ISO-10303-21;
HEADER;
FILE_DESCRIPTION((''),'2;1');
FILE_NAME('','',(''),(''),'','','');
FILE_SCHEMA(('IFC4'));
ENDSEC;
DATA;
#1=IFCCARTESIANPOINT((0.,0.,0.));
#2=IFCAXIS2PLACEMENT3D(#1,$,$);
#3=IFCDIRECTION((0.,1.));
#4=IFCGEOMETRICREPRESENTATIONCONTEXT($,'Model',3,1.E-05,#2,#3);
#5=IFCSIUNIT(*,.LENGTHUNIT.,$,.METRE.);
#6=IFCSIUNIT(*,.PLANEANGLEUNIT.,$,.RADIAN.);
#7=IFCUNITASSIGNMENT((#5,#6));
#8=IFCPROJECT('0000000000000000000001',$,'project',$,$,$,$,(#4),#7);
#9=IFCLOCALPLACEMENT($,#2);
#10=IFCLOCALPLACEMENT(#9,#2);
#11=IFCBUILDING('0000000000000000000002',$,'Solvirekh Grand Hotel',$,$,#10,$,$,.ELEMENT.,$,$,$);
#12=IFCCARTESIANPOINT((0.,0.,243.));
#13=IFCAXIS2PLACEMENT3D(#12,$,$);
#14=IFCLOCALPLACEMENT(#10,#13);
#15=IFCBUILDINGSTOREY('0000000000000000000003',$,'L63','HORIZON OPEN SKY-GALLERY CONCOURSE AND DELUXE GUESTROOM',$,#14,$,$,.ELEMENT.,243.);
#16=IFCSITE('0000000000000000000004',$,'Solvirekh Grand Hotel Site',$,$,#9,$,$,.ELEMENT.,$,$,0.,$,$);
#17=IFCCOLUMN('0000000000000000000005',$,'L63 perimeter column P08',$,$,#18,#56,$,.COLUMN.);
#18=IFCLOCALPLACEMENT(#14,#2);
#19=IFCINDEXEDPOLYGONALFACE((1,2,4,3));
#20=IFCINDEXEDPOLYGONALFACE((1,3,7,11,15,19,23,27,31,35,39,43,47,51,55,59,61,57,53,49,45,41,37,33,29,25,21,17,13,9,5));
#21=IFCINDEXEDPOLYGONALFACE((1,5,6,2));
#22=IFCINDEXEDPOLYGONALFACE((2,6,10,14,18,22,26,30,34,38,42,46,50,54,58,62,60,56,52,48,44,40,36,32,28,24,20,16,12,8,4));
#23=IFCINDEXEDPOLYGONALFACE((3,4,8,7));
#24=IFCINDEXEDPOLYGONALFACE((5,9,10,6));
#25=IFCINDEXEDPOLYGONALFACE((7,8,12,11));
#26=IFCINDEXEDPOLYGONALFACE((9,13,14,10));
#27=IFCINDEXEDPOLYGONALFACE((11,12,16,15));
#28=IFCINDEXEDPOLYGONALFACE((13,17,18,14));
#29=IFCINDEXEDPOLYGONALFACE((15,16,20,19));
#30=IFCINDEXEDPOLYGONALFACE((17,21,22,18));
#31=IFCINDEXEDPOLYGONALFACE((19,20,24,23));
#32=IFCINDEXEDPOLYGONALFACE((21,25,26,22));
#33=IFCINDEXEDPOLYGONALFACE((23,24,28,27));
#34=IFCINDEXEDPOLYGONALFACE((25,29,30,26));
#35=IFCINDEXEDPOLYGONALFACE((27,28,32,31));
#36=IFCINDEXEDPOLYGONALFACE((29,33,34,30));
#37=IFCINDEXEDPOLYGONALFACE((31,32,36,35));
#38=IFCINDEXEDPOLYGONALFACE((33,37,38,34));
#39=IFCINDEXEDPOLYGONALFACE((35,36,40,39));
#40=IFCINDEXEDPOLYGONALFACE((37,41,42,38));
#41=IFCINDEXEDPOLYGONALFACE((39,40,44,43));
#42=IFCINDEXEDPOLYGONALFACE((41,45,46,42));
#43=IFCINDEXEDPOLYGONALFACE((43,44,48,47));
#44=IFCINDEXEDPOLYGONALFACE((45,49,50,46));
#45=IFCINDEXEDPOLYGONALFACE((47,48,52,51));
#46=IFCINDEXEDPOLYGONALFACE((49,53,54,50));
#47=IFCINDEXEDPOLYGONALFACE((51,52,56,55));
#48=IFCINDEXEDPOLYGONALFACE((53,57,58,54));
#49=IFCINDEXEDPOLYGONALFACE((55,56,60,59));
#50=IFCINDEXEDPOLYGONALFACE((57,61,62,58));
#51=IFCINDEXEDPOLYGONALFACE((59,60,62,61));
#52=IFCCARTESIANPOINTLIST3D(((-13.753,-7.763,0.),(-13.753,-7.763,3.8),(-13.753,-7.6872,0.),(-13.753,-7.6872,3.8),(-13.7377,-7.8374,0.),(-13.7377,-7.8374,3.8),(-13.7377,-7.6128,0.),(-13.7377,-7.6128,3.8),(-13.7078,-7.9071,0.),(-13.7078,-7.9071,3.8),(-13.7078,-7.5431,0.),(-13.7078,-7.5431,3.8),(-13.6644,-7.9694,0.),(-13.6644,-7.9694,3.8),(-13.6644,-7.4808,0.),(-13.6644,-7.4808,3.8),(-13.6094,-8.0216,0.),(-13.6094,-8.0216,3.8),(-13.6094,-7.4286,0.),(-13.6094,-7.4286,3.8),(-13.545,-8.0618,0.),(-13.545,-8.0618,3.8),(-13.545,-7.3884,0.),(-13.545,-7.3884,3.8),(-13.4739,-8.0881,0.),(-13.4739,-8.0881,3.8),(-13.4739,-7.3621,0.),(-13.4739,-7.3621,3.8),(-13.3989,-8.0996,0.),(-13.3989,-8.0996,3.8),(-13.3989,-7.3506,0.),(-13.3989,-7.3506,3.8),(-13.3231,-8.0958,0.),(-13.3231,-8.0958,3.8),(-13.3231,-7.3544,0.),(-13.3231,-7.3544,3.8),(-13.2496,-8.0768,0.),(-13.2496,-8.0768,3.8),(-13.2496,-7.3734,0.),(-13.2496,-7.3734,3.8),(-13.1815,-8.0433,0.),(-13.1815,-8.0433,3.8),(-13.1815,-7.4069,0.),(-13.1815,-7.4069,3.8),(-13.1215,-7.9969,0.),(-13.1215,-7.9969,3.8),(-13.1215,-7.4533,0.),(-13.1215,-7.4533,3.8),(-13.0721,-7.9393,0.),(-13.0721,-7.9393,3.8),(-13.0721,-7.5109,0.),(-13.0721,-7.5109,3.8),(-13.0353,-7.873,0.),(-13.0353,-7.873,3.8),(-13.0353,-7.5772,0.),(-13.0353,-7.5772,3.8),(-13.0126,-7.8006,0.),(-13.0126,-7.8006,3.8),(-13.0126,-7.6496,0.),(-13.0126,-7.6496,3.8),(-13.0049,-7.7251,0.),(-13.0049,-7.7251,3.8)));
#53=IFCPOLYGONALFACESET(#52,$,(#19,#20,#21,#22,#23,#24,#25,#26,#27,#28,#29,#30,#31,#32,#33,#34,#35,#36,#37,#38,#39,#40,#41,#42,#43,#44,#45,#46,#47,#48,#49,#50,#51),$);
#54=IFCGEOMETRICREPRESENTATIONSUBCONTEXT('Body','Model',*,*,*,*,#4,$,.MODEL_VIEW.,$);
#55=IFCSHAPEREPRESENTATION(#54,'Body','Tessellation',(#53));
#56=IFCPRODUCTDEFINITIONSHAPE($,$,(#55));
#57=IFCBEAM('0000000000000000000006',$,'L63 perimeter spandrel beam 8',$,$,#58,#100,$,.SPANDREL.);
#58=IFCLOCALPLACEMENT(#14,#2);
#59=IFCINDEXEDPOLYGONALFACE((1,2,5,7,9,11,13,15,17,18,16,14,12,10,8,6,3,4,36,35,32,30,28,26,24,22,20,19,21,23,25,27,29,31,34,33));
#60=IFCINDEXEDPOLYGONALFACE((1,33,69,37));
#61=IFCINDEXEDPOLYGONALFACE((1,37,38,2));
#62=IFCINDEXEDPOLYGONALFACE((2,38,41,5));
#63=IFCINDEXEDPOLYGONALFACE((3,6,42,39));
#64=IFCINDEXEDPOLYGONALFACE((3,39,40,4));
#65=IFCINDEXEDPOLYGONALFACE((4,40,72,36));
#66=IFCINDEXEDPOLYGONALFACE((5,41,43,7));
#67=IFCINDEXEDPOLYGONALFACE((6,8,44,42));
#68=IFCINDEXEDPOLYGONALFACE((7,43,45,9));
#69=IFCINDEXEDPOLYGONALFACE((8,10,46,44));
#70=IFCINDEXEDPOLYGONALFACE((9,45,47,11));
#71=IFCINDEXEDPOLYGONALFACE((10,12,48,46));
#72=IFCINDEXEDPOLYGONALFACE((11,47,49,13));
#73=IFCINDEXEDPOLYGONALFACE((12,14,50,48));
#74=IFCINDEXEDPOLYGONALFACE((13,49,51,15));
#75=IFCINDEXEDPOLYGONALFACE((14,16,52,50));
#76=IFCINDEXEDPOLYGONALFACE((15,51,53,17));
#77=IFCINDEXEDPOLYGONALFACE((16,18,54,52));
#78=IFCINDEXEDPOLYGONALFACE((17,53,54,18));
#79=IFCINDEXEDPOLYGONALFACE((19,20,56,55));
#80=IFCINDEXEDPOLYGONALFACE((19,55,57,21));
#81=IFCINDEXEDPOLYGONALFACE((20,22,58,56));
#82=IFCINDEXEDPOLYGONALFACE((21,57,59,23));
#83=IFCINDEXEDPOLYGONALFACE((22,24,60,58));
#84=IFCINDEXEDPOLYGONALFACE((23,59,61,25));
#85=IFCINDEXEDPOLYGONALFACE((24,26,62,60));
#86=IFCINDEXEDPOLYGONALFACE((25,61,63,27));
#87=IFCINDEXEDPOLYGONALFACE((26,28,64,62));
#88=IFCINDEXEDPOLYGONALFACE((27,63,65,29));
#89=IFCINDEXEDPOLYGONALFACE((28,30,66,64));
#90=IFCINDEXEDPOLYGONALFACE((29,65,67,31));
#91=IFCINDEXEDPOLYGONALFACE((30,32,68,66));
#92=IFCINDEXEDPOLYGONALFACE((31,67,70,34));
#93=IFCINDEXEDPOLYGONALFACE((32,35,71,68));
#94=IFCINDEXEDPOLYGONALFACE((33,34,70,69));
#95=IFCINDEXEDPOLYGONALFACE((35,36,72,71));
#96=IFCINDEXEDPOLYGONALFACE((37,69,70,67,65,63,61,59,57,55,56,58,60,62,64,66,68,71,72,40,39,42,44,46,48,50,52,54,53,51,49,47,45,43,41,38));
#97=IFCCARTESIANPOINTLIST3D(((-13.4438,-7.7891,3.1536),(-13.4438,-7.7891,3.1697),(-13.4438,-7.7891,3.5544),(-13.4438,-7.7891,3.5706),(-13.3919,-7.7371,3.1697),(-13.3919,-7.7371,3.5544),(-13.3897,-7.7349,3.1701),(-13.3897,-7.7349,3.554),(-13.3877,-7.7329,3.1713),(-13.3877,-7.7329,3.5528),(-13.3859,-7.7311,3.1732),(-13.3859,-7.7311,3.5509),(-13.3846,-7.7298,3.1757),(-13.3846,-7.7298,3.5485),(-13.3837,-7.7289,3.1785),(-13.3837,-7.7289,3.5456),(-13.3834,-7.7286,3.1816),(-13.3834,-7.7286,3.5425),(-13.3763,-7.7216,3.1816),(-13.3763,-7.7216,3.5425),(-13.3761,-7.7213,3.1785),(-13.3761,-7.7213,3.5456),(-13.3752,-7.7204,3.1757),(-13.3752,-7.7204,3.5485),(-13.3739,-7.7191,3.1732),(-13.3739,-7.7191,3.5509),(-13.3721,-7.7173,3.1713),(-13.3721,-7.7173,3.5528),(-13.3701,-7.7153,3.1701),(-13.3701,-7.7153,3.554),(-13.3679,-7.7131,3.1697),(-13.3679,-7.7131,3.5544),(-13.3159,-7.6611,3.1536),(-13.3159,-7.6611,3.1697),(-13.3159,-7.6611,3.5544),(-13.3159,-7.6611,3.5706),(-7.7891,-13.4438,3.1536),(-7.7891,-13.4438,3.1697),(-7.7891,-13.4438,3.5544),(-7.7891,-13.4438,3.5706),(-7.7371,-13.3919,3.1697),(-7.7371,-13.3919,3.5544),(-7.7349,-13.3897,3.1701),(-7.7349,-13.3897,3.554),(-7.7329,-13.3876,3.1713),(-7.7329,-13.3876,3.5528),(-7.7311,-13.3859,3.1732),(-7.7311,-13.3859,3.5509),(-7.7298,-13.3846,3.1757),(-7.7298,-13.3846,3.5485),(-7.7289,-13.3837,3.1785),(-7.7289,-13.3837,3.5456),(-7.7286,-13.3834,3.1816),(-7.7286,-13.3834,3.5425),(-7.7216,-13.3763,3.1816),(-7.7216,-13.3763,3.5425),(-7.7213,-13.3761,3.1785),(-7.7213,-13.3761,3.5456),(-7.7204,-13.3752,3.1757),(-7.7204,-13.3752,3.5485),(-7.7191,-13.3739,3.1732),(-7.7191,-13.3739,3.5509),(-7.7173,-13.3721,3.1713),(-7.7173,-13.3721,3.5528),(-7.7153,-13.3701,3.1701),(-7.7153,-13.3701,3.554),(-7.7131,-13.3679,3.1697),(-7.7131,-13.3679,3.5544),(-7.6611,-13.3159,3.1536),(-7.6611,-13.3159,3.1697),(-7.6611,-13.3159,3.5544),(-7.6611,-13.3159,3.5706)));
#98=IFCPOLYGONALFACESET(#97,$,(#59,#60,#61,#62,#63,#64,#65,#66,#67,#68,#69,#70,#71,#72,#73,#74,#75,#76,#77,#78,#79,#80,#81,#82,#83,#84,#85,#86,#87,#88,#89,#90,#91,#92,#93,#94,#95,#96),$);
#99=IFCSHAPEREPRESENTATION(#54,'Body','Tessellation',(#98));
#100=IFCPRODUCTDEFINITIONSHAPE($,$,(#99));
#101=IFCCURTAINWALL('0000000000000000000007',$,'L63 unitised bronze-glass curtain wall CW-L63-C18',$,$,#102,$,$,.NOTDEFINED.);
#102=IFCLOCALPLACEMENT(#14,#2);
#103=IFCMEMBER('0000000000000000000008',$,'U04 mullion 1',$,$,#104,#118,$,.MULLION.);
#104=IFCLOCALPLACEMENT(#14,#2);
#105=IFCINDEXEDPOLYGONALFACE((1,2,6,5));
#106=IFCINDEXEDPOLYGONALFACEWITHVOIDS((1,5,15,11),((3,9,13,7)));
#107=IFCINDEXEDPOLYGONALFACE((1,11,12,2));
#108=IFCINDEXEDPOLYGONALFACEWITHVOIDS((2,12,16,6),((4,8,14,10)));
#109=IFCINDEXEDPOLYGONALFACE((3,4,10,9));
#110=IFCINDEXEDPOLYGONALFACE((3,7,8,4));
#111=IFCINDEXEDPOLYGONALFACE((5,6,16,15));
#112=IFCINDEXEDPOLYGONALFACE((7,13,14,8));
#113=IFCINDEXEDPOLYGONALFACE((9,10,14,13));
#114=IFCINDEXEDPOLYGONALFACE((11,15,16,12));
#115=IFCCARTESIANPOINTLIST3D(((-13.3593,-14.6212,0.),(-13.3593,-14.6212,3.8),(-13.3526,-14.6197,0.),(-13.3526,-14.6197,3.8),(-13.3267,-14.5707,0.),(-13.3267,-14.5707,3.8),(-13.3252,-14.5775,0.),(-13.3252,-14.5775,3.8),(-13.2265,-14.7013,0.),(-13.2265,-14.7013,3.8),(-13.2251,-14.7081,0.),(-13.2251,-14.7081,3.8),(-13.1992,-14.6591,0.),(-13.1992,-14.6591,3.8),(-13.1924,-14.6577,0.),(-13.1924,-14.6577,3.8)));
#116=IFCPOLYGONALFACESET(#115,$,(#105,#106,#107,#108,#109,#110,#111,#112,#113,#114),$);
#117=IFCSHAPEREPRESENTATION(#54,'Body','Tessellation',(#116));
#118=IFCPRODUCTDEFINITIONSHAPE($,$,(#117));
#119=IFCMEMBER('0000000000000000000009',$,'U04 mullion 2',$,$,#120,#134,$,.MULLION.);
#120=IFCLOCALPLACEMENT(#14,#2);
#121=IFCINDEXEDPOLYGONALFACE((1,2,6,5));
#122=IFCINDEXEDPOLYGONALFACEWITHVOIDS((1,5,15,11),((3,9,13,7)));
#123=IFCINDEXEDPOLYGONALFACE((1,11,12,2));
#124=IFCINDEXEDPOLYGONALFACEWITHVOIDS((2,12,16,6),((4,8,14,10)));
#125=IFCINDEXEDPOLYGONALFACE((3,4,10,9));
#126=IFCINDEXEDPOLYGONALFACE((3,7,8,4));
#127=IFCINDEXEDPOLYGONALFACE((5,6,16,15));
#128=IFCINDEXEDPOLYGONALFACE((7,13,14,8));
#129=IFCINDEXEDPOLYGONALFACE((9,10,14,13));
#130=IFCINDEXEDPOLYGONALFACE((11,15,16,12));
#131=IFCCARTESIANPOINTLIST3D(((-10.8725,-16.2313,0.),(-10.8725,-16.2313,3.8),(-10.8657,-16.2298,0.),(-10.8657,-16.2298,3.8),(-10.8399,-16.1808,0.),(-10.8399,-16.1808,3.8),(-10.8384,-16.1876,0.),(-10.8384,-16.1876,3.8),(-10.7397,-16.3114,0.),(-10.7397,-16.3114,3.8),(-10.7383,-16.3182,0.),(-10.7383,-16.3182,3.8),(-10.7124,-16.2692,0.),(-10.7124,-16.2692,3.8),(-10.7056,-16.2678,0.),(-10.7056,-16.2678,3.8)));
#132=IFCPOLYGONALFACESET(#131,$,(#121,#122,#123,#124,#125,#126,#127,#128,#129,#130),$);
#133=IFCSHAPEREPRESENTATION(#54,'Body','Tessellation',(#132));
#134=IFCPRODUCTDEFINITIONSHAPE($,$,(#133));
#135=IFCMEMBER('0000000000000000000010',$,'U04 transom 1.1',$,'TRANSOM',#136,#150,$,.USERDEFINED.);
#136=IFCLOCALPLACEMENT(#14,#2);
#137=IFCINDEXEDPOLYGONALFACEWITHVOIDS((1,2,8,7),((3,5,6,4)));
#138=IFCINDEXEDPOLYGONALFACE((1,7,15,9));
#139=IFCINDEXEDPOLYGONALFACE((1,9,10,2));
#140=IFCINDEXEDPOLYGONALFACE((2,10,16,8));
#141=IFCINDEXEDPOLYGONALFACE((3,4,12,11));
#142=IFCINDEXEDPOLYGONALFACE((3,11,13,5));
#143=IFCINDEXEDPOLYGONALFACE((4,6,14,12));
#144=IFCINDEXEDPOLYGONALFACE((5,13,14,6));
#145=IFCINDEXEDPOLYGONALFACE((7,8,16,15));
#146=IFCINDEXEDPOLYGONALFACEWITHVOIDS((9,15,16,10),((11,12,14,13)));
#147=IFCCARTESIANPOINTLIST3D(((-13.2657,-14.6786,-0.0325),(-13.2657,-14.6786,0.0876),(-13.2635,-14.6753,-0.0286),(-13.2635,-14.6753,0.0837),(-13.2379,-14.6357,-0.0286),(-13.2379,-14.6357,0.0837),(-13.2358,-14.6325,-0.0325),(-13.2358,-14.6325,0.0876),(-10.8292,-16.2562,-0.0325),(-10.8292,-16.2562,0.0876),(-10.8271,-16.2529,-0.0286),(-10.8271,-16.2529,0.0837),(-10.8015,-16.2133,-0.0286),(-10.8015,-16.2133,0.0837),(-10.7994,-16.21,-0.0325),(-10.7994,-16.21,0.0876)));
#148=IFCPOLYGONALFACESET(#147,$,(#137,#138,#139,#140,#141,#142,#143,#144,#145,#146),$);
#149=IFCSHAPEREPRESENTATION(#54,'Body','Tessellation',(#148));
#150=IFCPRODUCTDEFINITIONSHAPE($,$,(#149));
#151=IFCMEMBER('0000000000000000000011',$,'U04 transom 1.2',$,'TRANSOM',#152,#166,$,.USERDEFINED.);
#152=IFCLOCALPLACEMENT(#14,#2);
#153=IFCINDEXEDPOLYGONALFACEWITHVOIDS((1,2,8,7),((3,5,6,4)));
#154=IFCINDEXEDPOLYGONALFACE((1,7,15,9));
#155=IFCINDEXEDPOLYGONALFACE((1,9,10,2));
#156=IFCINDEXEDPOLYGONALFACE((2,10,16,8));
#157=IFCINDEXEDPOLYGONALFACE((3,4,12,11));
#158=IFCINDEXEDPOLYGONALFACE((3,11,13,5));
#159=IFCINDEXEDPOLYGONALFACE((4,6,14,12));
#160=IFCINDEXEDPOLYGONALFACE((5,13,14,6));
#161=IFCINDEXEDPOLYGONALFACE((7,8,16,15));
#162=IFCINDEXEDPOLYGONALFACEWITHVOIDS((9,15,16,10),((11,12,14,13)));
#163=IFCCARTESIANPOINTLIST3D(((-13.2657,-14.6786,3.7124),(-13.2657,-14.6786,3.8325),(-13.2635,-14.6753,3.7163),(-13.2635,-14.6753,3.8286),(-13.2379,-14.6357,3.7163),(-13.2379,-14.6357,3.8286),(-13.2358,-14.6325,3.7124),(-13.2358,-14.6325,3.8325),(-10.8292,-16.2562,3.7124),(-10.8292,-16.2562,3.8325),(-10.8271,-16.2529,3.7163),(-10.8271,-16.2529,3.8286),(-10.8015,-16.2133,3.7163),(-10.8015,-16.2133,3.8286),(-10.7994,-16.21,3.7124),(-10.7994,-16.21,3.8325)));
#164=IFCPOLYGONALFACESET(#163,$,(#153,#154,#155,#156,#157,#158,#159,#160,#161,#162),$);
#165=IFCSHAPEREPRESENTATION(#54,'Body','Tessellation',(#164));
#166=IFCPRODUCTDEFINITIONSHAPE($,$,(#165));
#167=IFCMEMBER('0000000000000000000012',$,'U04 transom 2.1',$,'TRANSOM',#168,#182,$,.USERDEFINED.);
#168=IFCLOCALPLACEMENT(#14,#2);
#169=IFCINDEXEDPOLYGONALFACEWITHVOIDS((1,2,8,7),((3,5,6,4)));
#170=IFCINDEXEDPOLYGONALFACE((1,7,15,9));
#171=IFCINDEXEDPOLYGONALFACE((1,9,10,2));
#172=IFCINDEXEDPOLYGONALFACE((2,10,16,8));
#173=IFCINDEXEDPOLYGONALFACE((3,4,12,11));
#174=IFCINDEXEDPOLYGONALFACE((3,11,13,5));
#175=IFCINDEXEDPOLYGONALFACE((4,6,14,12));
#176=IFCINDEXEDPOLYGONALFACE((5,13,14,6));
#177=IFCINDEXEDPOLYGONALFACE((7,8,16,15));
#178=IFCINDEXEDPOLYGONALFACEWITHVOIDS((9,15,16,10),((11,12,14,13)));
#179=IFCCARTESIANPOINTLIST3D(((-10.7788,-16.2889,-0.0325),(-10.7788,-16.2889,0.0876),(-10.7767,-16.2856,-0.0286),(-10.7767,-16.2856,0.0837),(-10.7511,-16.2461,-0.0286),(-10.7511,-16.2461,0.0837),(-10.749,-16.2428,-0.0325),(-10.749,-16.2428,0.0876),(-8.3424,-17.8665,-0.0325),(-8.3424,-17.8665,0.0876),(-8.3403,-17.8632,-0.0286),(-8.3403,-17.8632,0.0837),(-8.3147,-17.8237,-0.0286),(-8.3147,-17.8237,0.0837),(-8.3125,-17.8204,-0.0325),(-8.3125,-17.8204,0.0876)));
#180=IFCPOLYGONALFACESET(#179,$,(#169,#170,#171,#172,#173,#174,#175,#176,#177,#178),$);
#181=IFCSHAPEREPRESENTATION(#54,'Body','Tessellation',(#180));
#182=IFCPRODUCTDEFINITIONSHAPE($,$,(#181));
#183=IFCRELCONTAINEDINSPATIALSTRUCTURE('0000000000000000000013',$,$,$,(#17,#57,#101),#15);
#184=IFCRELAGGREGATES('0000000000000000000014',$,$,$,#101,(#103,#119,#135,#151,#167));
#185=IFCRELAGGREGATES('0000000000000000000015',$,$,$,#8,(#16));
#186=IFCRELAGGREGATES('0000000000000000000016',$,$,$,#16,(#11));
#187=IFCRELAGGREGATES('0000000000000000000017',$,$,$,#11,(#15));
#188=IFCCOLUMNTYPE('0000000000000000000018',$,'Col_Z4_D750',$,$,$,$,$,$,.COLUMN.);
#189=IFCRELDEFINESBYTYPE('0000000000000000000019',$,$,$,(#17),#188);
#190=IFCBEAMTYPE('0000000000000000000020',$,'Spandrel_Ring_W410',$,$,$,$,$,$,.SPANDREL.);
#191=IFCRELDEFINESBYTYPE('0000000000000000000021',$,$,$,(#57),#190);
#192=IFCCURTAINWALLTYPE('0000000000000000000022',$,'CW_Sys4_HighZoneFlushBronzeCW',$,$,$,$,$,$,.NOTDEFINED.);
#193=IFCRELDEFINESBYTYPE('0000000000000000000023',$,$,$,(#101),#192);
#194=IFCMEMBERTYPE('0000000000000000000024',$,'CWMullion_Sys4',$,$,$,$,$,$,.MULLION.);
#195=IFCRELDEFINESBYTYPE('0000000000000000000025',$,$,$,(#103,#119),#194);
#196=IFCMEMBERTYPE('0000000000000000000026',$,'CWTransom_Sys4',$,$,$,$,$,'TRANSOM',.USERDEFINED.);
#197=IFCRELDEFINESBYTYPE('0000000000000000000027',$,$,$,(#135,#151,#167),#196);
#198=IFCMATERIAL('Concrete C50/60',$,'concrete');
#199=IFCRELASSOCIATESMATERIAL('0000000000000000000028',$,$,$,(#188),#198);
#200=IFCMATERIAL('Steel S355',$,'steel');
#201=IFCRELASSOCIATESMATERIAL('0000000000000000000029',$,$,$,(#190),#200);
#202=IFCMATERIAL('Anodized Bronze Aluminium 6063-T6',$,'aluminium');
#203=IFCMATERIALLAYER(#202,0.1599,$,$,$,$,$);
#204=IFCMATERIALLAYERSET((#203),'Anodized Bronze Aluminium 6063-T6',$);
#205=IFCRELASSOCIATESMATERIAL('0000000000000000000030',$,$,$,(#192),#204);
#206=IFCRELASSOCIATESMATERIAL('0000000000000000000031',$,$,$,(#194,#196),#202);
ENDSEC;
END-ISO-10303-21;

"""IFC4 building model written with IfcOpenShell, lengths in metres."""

from ifc_helpers import new_model, si_unit, direction, frame, origin, origin_2d, place, context, subcontext, project, spatial, hollow_rectangle, circle, i_section, extrude, source, transform, mapped, material, layer, layer_set, material_profile, profile_set, type_object, element, aggregate, save


model = new_model("IFC4")

# Units and contexts
model_context = context("Model", 3, precision=1e-05, world=origin(), true_north=direction((0.0, 1.0)))
body_context = subcontext(model_context, "Body", "Model", "MODEL_VIEW")
ifc_project = project(units=[si_unit("LENGTHUNIT", "METRE"), si_unit("PLANEANGLEUNIT", "RADIAN")], contexts=[model_context])

# Site, building, storey
site_placement = place(None, origin())
site = spatial("IfcSite", under=ifc_project, at=site_placement, Name="Solvirekh Grand Hotel Site", CompositionType="ELEMENT", RefElevation=0.0)
building_placement = place(site_placement, origin())
building = spatial("IfcBuilding", under=site, at=building_placement, Name="Solvirekh Grand Hotel", CompositionType="ELEMENT")
storey_placement = place(building_placement, frame((0.0, 0.0, 243.0)))
storey = spatial("IfcBuildingStorey", under=building, at=storey_placement, Name="L63", Description="HORIZON OPEN SKY-GALLERY CONCOURSE AND DELUXE GUESTROOM", CompositionType="ELEMENT", Elevation=243.0)

# Column
ifc_material_1 = material(Name="Concrete C50/60", Category="concrete")
ifc_material_profile_1 = material_profile(ifc_material_1, circle(Radius=0.375, at=origin_2d()), Name="RC CIRC D750")
ifc_profile_set_1 = profile_set([ifc_material_profile_1], Name="Concrete C50/60")
column_type = type_object("IfcColumnType", Name="Col_Z4_D750", PredefinedType="COLUMN", material=ifc_profile_set_1)
column_placement = place(storey_placement, frame((-13.3799, -7.7251, 0.0), z_axis=(0.0, 0.0, 1.0), x_axis=(1.0, 0.0, 0.0)))
element("IfcColumn", 1, at=column_placement, inside=storey, type_object=column_type, Name="L63 perimeter column P08", PredefinedType="COLUMN", context=body_context, shape_type="SweptSolid", body=[
    extrude(circle(Radius=0.375, at=origin_2d()), origin(), (0.0, 0.0, 1.0), 3.8),
])

# Beam
ifc_material_2 = material(Name="Steel S355", Category="steel")
ifc_material_profile_2 = material_profile(ifc_material_2, i_section(OverallWidth=0.1809, OverallDepth=0.417, WebThickness=0.01, FlangeThickness=0.0161, FilletRadius=0.012, at=origin_2d()), Name="W410X85")
ifc_profile_set_2 = profile_set([ifc_material_profile_2], Name="Steel S355")
beam_type = type_object("IfcBeamType", Name="Spandrel_Ring_W410", PredefinedType="SPANDREL", material=ifc_profile_set_2)
beam_placement = place(storey_placement, frame((-13.3799, -7.7251, 3.3621), z_axis=(0.707107, -0.707107, 0.0), x_axis=(0.707107, 0.707107, 0.0)))
element("IfcBeam", 2, at=beam_placement, inside=storey, type_object=beam_type, Name="L63 perimeter spandrel beam 8", PredefinedType="SPANDREL", context=body_context, shape_type="SweptSolid", body=[
    extrude(i_section(OverallWidth=0.1809, OverallDepth=0.417, WebThickness=0.01, FlangeThickness=0.0161, FilletRadius=0.012, at=origin_2d()), origin(), (0.0, 0.0, 1.0), 7.9971),
])

# Curtain wall, members
ifc_material_3 = material(Name="Anodized Bronze Aluminium 6063-T6", Category="aluminium")
ifc_layer_1 = layer(ifc_material_3, 0.1599)
ifc_layer_set_1 = layer_set([ifc_layer_1], Name="Anodized Bronze Aluminium 6063-T6")
curtain_wall_type = type_object("IfcCurtainWallType", Name="CW_Sys4_HighZoneFlushBronzeCW", PredefinedType="NOTDEFINED", material=ifc_layer_set_1)
curtain_wall_placement = place(storey_placement, origin())
curtain_wall = element("IfcCurtainWall", 3, at=curtain_wall_placement, inside=storey, type_object=curtain_wall_type, Name="L63 unitised bronze-glass curtain wall CW-L63-C18", PredefinedType="NOTDEFINED")
ifc_material_profile_3 = material_profile(ifc_material_3, hollow_rectangle(XDim=0.0601, YDim=0.1599, WallThickness=0.0049, at=origin_2d()), Name="ALU RHS 160X60X5")
ifc_profile_set_3 = profile_set([ifc_material_profile_3], Name="Anodized Bronze Aluminium 6063-T6")
member_type_1 = type_object("IfcMemberType", Name="CWMullion_Sys4", PredefinedType="MULLION", material=ifc_profile_set_3)
shared_shape_1 = source(origin(), body_context, "Body", "SweptSolid", [
    extrude(hollow_rectangle(XDim=0.0601, YDim=0.1599, WallThickness=0.0049, at=origin_2d()), origin(), (0.0, 0.0, 1.0), 3.8),
])
member_1_placement = place(storey_placement, frame((-13.2759, -14.6394, 0.0), z_axis=(0.0, 0.0, 1.0), x_axis=(0.543508, 0.839404, 0.0)))
member_1 = element("IfcMember", 4, at=member_1_placement, type_object=member_type_1, Name="U04 mullion 1", PredefinedType="MULLION", context=body_context, shape_type="MappedRepresentation", body=[
    mapped(shared_shape_1, transform((0.0, 0.0, 0.0), x_axis=(1.0, 0.0, 0.0), y_axis=(0.0, 1.0, 0.0), z_axis=(0.0, 0.0, 1.0), scale=1.0)),
])
member_2_placement = place(storey_placement, frame((-10.7891, -16.2495, 0.0), z_axis=(0.0, 0.0, 1.0), x_axis=(0.543508, 0.839404, 0.0)))
member_2 = element("IfcMember", 5, at=member_2_placement, type_object=member_type_1, Name="U04 mullion 2", PredefinedType="MULLION", context=body_context, shape_type="MappedRepresentation", body=[
    mapped(shared_shape_1, transform((0.0, 0.0, 0.0), x_axis=(1.0, 0.0, 0.0), y_axis=(0.0, 1.0, 0.0), z_axis=(0.0, 0.0, 1.0), scale=1.0)),
])
ifc_material_profile_4 = material_profile(ifc_material_3, hollow_rectangle(XDim=0.0549, YDim=0.1201, WallThickness=0.0039, at=origin_2d()), Name="ALU RHS 120X55X4")
ifc_profile_set_4 = profile_set([ifc_material_profile_4], Name="Anodized Bronze Aluminium 6063-T6")
member_type_2 = type_object("IfcMemberType", Name="CWTransom_Sys4", ElementType="TRANSOM", PredefinedType="USERDEFINED", material=ifc_profile_set_4)
shared_shape_2 = source(origin(), body_context, "Body", "SweptSolid", [
    extrude(hollow_rectangle(XDim=0.0549, YDim=0.1201, WallThickness=0.0039, at=origin_2d()), origin(), (0.0, 0.0, 1.0), 2.9026),
])
member_3_placement = place(storey_placement, frame((-13.2507, -14.6555, 0.0276), z_axis=(0.839403, -0.543509, 0.0), x_axis=(0.543509, 0.839403, 0.0)))
member_3 = element("IfcMember", 6, at=member_3_placement, type_object=member_type_2, Name="U04 transom 1.1", ObjectType="TRANSOM", PredefinedType="USERDEFINED", context=body_context, shape_type="MappedRepresentation", body=[
    mapped(shared_shape_2, transform((0.0, 0.0, 0.0), x_axis=(1.0, 0.0, 0.0), y_axis=(0.0, 1.0, 0.0), z_axis=(0.0, 0.0, 1.0), scale=1.0)),
])
member_4_placement = place(storey_placement, frame((-13.2507, -14.6555, 3.7725), z_axis=(0.839403, -0.543509, 0.0), x_axis=(0.543509, 0.839403, 0.0)))
member_4 = element("IfcMember", 7, at=member_4_placement, type_object=member_type_2, Name="U04 transom 1.2", ObjectType="TRANSOM", PredefinedType="USERDEFINED", context=body_context, shape_type="MappedRepresentation", body=[
    mapped(shared_shape_2, transform((0.0, 0.0, 0.0), x_axis=(1.0, 0.0, 0.0), y_axis=(0.0, 1.0, 0.0), z_axis=(0.0, 0.0, 1.0), scale=1.0)),
])
member_5_placement = place(storey_placement, frame((-10.7639, -16.2659, 0.0276), z_axis=(0.839403, -0.543509, 0.0), x_axis=(0.543509, 0.839403, 0.0)))
member_5 = element("IfcMember", 8, at=member_5_placement, type_object=member_type_2, Name="U04 transom 2.1", ObjectType="TRANSOM", PredefinedType="USERDEFINED", context=body_context, shape_type="MappedRepresentation", body=[
    mapped(shared_shape_2, transform((0.0, 0.0, 0.0), x_axis=(1.0, 0.0, 0.0), y_axis=(0.0, 1.0, 0.0), z_axis=(0.0, 0.0, 1.0), scale=1.0)),
])
aggregate(curtain_wall, [member_1, member_2, member_3, member_4, member_5])

save(model, "model.ifc")
